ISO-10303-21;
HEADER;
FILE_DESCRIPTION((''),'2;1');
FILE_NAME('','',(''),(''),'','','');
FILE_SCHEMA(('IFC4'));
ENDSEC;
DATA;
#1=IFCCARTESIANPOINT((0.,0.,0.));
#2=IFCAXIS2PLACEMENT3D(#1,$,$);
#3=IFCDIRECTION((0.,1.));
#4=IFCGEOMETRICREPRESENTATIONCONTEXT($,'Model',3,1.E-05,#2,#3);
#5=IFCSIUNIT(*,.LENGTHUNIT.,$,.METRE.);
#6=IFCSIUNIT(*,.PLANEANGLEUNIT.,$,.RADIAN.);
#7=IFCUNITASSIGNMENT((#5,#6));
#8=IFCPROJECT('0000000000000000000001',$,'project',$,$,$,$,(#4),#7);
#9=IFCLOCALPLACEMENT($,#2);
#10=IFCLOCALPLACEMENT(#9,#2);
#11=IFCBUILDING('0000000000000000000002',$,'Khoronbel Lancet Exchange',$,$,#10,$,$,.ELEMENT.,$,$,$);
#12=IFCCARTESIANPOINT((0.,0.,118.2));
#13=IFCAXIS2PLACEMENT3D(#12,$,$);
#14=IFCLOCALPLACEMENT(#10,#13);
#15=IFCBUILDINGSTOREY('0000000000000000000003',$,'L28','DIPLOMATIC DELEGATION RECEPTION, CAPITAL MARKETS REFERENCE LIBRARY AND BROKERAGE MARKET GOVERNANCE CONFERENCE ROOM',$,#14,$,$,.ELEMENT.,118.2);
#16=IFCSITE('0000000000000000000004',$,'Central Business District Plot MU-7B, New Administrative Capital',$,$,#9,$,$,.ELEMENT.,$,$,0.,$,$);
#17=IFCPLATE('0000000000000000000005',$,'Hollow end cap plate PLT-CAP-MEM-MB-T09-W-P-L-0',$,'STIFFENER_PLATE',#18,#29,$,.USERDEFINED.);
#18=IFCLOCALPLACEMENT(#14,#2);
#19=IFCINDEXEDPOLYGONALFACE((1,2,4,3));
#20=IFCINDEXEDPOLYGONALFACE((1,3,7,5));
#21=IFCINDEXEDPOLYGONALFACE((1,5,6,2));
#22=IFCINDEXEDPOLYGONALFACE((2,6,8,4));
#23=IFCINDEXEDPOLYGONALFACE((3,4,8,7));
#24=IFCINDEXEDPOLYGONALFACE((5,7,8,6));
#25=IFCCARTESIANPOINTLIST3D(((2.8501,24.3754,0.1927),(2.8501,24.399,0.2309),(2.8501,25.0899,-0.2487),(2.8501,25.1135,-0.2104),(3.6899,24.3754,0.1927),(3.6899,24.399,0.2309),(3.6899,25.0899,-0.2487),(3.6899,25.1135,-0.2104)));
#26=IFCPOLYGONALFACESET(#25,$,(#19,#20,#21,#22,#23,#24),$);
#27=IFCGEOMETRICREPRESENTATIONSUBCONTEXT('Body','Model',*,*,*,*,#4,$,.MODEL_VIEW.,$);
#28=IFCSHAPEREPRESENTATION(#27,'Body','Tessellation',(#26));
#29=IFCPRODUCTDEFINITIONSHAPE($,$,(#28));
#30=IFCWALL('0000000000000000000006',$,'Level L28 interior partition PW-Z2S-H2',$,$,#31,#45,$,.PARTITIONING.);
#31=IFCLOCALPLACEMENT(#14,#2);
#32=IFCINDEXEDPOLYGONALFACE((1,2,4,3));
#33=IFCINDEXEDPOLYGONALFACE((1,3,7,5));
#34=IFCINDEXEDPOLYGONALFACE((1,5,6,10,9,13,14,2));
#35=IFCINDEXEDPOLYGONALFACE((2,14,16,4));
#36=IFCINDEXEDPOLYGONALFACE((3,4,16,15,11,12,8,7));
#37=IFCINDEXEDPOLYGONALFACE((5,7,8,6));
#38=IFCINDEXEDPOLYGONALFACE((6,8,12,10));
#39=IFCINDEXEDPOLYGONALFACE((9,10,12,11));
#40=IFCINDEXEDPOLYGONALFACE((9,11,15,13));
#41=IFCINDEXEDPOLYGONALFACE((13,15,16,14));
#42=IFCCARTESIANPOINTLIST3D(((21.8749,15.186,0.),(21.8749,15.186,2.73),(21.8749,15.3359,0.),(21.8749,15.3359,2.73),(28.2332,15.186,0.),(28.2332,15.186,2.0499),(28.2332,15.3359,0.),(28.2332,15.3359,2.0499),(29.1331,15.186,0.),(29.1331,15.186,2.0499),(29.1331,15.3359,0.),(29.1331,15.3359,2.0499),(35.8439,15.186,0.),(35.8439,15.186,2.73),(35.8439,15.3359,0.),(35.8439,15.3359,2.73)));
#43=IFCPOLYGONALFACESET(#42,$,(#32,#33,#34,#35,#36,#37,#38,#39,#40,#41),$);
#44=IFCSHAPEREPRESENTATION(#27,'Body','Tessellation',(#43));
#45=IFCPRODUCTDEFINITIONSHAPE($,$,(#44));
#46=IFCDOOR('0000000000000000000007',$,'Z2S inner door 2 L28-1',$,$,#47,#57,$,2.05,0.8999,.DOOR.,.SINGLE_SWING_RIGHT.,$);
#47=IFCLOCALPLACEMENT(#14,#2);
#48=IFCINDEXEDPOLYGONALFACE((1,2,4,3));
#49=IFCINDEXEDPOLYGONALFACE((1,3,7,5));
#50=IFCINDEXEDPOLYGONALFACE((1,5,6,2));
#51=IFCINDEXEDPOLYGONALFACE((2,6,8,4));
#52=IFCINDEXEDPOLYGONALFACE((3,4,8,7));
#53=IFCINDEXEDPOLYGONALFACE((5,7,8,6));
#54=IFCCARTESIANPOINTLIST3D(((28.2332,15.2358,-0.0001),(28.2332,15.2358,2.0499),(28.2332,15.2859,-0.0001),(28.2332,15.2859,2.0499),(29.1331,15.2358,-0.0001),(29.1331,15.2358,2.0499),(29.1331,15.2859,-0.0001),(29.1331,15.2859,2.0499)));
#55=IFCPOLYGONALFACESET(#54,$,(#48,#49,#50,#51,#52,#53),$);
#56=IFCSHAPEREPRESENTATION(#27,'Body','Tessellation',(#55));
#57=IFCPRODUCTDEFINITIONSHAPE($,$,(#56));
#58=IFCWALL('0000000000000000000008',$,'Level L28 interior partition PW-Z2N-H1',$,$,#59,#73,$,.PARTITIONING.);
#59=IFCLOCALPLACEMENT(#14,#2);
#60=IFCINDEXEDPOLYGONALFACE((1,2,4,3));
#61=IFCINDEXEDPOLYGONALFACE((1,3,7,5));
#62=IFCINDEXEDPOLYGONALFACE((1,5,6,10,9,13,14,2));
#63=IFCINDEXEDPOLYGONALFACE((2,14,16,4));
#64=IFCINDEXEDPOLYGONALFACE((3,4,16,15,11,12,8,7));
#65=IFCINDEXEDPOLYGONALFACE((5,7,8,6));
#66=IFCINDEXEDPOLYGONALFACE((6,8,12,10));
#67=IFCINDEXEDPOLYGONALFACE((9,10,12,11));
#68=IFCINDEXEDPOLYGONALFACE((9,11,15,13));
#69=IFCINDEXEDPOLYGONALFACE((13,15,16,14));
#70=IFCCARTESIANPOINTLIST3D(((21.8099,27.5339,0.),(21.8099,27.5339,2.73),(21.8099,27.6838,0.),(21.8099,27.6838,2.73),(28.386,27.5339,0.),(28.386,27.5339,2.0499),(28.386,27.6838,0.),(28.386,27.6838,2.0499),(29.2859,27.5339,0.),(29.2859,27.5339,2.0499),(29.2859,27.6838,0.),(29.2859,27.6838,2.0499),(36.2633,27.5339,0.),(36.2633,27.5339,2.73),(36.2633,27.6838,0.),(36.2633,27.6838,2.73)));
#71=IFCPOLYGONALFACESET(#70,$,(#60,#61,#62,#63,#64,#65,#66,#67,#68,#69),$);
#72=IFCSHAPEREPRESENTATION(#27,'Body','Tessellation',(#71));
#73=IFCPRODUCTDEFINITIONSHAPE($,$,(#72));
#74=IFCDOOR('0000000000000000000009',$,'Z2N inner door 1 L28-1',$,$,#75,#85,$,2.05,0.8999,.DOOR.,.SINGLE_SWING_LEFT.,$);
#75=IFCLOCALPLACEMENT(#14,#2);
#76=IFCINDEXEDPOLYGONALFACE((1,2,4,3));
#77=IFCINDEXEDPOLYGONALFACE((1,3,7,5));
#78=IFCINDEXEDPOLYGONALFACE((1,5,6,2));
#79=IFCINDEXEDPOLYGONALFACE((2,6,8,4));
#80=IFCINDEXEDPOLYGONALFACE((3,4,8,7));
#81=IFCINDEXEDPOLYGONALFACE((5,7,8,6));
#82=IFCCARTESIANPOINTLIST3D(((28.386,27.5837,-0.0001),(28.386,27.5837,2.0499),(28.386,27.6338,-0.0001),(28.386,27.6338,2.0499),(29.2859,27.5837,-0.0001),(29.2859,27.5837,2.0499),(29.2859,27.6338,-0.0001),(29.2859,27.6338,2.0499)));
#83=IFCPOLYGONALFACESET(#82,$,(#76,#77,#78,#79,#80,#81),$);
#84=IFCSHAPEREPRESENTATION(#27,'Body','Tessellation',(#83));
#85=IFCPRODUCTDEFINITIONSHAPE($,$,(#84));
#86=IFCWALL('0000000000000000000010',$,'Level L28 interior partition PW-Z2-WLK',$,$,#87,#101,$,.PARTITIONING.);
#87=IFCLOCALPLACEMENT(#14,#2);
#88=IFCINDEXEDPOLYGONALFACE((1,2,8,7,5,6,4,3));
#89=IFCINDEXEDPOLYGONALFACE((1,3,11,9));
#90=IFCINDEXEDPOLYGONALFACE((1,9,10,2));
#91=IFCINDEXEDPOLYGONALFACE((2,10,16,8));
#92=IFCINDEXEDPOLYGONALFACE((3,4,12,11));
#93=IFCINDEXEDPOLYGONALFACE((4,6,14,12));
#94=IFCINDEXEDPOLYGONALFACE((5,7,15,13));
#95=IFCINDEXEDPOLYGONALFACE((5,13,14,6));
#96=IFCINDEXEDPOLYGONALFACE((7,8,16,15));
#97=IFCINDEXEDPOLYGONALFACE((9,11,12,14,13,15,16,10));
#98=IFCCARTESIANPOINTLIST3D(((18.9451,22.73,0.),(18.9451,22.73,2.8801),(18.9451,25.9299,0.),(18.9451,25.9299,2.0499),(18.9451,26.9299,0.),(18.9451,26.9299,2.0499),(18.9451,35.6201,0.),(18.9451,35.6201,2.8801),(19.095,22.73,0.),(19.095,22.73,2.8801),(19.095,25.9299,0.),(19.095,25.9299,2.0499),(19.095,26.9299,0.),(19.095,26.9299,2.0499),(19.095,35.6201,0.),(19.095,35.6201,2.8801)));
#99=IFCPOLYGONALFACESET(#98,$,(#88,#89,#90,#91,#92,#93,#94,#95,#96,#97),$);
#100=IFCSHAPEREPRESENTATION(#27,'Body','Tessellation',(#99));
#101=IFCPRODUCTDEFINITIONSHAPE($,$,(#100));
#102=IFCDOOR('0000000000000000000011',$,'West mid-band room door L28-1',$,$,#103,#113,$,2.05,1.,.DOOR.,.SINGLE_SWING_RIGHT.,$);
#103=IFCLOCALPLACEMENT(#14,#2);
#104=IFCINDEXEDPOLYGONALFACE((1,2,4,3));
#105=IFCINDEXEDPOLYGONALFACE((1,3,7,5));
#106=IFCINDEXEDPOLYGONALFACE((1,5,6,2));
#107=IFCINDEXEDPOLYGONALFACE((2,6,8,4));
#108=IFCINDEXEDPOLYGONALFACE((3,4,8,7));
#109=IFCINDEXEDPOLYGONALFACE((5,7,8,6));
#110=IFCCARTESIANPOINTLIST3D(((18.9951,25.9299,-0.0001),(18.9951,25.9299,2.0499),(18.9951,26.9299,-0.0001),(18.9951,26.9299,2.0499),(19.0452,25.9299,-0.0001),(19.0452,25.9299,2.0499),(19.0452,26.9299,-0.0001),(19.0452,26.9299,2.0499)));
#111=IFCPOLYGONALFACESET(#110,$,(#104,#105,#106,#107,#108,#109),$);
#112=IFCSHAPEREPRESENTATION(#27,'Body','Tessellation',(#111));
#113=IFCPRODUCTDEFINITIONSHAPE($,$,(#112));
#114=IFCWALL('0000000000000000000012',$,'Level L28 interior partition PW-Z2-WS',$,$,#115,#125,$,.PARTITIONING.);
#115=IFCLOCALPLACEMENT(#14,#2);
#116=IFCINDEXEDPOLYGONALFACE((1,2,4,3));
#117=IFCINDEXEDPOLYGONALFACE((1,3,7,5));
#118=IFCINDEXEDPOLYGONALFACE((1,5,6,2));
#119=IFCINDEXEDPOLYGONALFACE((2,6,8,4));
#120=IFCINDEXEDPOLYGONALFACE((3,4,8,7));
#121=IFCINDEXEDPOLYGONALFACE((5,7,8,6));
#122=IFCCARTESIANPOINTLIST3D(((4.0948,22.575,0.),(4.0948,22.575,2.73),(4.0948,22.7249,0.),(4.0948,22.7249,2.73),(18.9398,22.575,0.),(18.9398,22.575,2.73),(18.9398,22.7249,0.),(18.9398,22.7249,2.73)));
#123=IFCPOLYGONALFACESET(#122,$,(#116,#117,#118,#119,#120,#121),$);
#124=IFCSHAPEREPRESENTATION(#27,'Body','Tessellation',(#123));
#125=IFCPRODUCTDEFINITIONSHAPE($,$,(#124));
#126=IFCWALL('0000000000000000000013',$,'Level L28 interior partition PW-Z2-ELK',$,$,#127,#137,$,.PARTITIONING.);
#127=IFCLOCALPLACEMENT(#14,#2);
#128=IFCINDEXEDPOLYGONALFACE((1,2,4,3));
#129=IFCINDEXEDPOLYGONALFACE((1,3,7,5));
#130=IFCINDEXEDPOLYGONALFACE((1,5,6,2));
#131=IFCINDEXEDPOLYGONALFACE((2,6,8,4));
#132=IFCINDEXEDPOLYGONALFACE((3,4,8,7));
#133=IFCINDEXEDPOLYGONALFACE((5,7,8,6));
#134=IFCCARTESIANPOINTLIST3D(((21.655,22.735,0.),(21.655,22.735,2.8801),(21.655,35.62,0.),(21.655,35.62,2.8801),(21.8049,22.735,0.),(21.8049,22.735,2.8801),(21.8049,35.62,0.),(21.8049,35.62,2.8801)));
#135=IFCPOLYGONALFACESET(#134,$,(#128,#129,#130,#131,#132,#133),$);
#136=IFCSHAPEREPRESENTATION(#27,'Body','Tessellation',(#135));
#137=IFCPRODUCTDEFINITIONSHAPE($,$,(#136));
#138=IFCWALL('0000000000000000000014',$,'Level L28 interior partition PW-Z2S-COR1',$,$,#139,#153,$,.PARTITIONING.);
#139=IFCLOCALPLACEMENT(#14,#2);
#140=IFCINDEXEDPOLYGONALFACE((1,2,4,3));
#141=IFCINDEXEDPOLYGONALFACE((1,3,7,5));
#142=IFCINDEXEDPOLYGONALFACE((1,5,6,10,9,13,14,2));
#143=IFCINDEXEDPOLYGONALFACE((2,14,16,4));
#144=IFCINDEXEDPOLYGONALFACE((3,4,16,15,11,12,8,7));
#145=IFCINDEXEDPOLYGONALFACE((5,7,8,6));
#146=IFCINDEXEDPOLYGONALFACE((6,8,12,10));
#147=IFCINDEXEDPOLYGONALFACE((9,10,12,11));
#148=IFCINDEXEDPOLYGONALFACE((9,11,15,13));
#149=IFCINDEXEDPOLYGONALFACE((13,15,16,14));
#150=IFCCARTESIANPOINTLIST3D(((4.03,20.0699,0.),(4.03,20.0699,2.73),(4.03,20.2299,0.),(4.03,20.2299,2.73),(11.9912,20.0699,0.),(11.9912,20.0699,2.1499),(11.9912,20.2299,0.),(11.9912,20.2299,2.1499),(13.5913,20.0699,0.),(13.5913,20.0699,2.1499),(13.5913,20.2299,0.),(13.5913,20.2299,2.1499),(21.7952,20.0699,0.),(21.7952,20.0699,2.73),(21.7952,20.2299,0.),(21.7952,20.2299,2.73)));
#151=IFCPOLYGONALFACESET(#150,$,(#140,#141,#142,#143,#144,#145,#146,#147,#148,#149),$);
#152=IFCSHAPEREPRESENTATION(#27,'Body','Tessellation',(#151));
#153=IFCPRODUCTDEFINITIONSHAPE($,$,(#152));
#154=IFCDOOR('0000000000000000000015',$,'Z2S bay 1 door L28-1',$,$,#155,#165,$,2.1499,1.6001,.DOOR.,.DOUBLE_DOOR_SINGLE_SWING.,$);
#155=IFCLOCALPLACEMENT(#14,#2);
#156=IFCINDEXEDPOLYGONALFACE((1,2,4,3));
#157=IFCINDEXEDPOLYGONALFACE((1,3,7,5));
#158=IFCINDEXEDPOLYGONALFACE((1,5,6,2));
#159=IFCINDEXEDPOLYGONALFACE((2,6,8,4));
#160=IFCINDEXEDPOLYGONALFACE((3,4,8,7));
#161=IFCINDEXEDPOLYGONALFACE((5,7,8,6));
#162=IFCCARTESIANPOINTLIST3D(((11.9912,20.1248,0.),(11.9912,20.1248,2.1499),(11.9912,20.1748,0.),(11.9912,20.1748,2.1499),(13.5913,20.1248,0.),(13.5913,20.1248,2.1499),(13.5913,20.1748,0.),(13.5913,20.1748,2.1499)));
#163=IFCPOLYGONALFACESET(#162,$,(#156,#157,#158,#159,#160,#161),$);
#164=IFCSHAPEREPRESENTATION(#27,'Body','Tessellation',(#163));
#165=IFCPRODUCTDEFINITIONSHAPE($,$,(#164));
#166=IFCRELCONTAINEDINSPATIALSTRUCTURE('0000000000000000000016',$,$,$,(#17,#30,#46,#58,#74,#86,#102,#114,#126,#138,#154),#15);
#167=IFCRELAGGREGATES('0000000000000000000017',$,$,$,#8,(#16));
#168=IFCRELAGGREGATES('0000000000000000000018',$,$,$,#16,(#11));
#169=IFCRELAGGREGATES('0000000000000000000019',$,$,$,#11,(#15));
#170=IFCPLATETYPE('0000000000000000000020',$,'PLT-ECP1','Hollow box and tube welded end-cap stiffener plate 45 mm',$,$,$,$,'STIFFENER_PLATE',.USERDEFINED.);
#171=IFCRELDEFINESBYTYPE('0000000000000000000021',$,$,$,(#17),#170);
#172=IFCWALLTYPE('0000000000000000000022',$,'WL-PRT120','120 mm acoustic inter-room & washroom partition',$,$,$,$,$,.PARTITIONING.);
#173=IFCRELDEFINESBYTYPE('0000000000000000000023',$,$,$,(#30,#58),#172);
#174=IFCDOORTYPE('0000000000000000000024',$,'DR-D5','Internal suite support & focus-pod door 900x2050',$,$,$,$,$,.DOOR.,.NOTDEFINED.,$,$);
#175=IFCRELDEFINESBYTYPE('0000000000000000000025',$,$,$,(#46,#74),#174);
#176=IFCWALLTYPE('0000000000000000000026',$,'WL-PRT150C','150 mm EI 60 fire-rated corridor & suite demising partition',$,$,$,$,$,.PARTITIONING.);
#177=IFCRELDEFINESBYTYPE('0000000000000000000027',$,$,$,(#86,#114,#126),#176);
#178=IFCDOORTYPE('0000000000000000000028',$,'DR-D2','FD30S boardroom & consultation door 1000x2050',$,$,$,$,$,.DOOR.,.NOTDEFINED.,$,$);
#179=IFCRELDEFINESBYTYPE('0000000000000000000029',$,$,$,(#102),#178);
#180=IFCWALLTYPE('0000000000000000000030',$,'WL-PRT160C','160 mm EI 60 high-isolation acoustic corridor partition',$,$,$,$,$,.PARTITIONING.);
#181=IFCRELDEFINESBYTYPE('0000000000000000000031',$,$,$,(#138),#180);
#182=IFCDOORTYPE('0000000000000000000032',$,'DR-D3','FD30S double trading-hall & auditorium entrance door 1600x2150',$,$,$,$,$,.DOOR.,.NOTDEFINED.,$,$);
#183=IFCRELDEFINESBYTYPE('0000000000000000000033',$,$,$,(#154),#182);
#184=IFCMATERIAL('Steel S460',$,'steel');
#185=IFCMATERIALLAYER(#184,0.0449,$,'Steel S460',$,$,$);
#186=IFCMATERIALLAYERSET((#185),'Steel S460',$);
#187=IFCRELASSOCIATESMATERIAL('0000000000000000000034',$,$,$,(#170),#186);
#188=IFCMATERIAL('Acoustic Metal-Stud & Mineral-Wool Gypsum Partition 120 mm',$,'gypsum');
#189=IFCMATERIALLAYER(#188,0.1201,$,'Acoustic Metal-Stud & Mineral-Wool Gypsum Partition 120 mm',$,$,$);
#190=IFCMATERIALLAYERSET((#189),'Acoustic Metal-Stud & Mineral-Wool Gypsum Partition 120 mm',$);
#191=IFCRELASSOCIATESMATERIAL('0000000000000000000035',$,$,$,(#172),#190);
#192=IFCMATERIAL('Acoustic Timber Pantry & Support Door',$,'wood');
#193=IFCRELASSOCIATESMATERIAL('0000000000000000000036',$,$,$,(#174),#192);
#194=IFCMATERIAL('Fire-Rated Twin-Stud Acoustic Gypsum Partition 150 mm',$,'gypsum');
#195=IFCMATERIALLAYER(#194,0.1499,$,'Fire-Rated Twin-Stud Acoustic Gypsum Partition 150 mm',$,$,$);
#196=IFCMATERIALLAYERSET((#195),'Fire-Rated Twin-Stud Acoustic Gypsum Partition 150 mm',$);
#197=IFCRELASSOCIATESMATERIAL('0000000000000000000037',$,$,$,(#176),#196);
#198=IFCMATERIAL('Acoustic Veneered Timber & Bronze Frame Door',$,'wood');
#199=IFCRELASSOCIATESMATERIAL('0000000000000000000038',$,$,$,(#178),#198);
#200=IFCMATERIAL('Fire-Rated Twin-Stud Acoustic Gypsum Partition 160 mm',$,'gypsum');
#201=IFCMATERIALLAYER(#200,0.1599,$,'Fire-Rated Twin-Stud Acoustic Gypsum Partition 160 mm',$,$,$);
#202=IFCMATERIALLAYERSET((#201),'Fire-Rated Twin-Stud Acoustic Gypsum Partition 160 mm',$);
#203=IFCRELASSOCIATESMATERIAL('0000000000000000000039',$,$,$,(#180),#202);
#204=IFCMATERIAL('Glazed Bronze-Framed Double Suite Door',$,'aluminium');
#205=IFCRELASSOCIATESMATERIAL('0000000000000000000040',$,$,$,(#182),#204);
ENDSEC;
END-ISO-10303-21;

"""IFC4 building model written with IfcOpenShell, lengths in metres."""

from ifc_helpers import new_model, si_unit, direction, frame, frame_2d, origin, place, context, subcontext, project, spatial, polyline, rectangle, outline, extrude, material, layer, layer_set, type_object, element, fill, save


model = new_model("IFC4")

# Units and contexts
model_context = context("Model", 3, precision=1e-05, world=origin(), true_north=direction((0.0, 1.0)))
body_context = subcontext(model_context, "Body", "Model", "MODEL_VIEW")
ifc_project = project(units=[si_unit("LENGTHUNIT", "METRE"), si_unit("PLANEANGLEUNIT", "RADIAN")], contexts=[model_context])

# Site, building, storey
site_placement = place(None, origin())
site = spatial("IfcSite", under=ifc_project, at=site_placement, Name="Central Business District Plot MU-7B, New Administrative Capital", CompositionType="ELEMENT", RefElevation=0.0)
building_placement = place(site_placement, origin())
building = spatial("IfcBuilding", under=site, at=building_placement, Name="Khoronbel Lancet Exchange", CompositionType="ELEMENT")
storey_placement = place(building_placement, frame((0.0, 0.0, 118.2)))
storey = spatial("IfcBuildingStorey", under=building, at=storey_placement, Name="L28", Description="DIPLOMATIC DELEGATION RECEPTION, CAPITAL MARKETS REFERENCE LIBRARY AND BROKERAGE MARKET GOVERNANCE CONFERENCE ROOM", CompositionType="ELEMENT", Elevation=118.2)

# Shared definitions
ifc_material_1 = material(Name="Steel S460", Category="steel")

# Plate
ifc_layer_1 = layer(ifc_material_1, 0.0449, Name="Steel S460")
ifc_layer_set_1 = layer_set([ifc_layer_1], Name="Steel S460")
plate_type = type_object("IfcPlateType", Name="PLT-ECP1", Description="Hollow box and tube welded end-cap stiffener plate 45 mm", ElementType="STIFFENER_PLATE", PredefinedType="USERDEFINED", material=ifc_layer_set_1)
for number, where, z_axis, x_axis, name in (
    (1, (3.6899, 25.1135, -0.2104), (0.0, 0.525524, 0.850779), (-1.0, 0.0, 0.0), "Hollow end cap plate PLT-CAP-MEM-MB-T09-W-P-L-0"),
):
    element("IfcPlate", number, at=place(storey_placement, frame(where, z_axis=z_axis, x_axis=x_axis)), inside=storey, type_object=plate_type, Name=name, ObjectType="STIFFENER_PLATE", PredefinedType="USERDEFINED", context=body_context, shape_type="SweptSolid", body=[
        extrude(outline(polyline([(0.0, 0.0), (0.8398, 0.0), (0.8398, 0.8398), (0.0, 0.8398), (0.0, 0.0)])), origin(), (0.0, 0.0, -1.0), 0.0449),
    ])

# Walls, openings, doors
ifc_material_2 = material(Name="Acoustic Metal-Stud & Mineral-Wool Gypsum Partition 120 mm", Category="gypsum")
ifc_layer_2 = layer(ifc_material_2, 0.1201, Name="Acoustic Metal-Stud & Mineral-Wool Gypsum Partition 120 mm")
ifc_layer_set_2 = layer_set([ifc_layer_2], Name="Acoustic Metal-Stud & Mineral-Wool Gypsum Partition 120 mm")
wall_type_1 = type_object("IfcWallType", Name="WL-PRT120", Description="120 mm acoustic inter-room & washroom partition", PredefinedType="PARTITIONING", material=ifc_layer_set_2)
wall_1_placement = place(storey_placement, frame((21.875, 15.261, 0.0), z_axis=(0.0, 0.0, 1.0), x_axis=(1.0, 0.0, 0.0)))
wall_1 = element("IfcWall", 2, at=wall_1_placement, inside=storey, type_object=wall_type_1, Name="Level L28 interior partition PW-Z2S-H2", PredefinedType="PARTITIONING", context=body_context, shape_type="SweptSolid", body=[
    extrude(rectangle(XDim=13.969, YDim=0.1499, at=frame_2d((6.9844, 0.0))), origin(), (0.0, 0.0, 1.0), 2.73),
])
opening_1_placement = place(wall_1_placement, frame((6.3582, 0.0, 0.0)))
opening_1 = element("IfcOpeningElement", 3, at=opening_1_placement, cuts=wall_1, PredefinedType="OPENING", context=body_context, shape_type="SweptSolid", body=[
    extrude(rectangle(XDim=0.8999, YDim=2.05, at=frame_2d((0.45, 1.0249))), frame((0.0, 0.085, 0.0), z_axis=(0.0, -1.0, 0.0), x_axis=(1.0, 0.0, 0.0)), (0.0, 0.0, 1.0), 0.1699),
])
ifc_material_3 = material(Name="Acoustic Timber Pantry & Support Door", Category="wood")
door_type_1 = type_object("IfcDoorType", Name="DR-D5", Description="Internal suite support & focus-pod door 900x2050", OperationType="NOTDEFINED", PredefinedType="DOOR", material=ifc_material_3)
door_1_placement = place(opening_1_placement, origin())
door_1 = element("IfcDoor", 4, at=door_1_placement, inside=storey, type_object=door_type_1, Name="Z2S inner door 2 L28-1", OperationType="SINGLE_SWING_RIGHT", OverallHeight=2.05, OverallWidth=0.8999, PredefinedType="DOOR", context=body_context, shape_type="SweptSolid", body=[
    extrude(rectangle(XDim=0.8999, YDim=2.05, at=frame_2d((0.45, 1.0249))), frame((0.0, 0.0249, 0.0), z_axis=(0.0, -1.0, 0.0), x_axis=(1.0, 0.0, 0.0)), (0.0, 0.0, 1.0), 0.05),
])
fill(opening_1, door_1)
wall_2_placement = place(storey_placement, frame((21.8101, 27.6089, 0.0), z_axis=(0.0, 0.0, 1.0), x_axis=(1.0, 0.0, 0.0)))
wall_2 = element("IfcWall", 5, at=wall_2_placement, inside=storey, type_object=wall_type_1, Name="Level L28 interior partition PW-Z2N-H1", PredefinedType="PARTITIONING", context=body_context, shape_type="SweptSolid", body=[
    extrude(rectangle(XDim=14.4534, YDim=0.1499, at=frame_2d((7.2266, 0.0))), origin(), (0.0, 0.0, 1.0), 2.73),
])
opening_2_placement = place(wall_2_placement, frame((6.5759, 0.0, 0.0)))
opening_2 = element("IfcOpeningElement", 6, at=opening_2_placement, cuts=wall_2, PredefinedType="OPENING", context=body_context, shape_type="SweptSolid", body=[
    extrude(rectangle(XDim=0.8999, YDim=2.05, at=frame_2d((0.45, 1.0249))), frame((0.0, 0.085, 0.0), z_axis=(0.0, -1.0, 0.0), x_axis=(1.0, 0.0, 0.0)), (0.0, 0.0, 1.0), 0.1699),
])
door_2_placement = place(opening_2_placement, origin())
door_2 = element("IfcDoor", 7, at=door_2_placement, inside=storey, type_object=door_type_1, Name="Z2N inner door 1 L28-1", OperationType="SINGLE_SWING_LEFT", OverallHeight=2.05, OverallWidth=0.8999, PredefinedType="DOOR", context=body_context, shape_type="SweptSolid", body=[
    extrude(rectangle(XDim=0.8999, YDim=2.05, at=frame_2d((0.45, 1.0249))), frame((0.0, 0.0249, 0.0), z_axis=(0.0, -1.0, 0.0), x_axis=(1.0, 0.0, 0.0)), (0.0, 0.0, 1.0), 0.05),
])
fill(opening_2, door_2)
ifc_material_4 = material(Name="Fire-Rated Twin-Stud Acoustic Gypsum Partition 150 mm", Category="gypsum")
ifc_layer_3 = layer(ifc_material_4, 0.1499, Name="Fire-Rated Twin-Stud Acoustic Gypsum Partition 150 mm")
ifc_layer_set_3 = layer_set([ifc_layer_3], Name="Fire-Rated Twin-Stud Acoustic Gypsum Partition 150 mm")
wall_type_2 = type_object("IfcWallType", Name="WL-PRT150C", Description="150 mm EI 60 fire-rated corridor & suite demising partition", PredefinedType="PARTITIONING", material=ifc_layer_set_3)
wall_3_placement = place(storey_placement, frame((19.02, 22.73, 0.0), z_axis=(0.0, 0.0, 1.0), x_axis=(0.0, 1.0, 0.0)))
wall_3 = element("IfcWall", 8, at=wall_3_placement, inside=storey, type_object=wall_type_2, Name="Level L28 interior partition PW-Z2-WLK", PredefinedType="PARTITIONING", context=body_context, shape_type="SweptSolid", body=[
    extrude(rectangle(XDim=12.8901, YDim=0.1499, at=frame_2d((6.4451, 0.0))), origin(), (0.0, 0.0, 1.0), 2.8801),
])
opening_3_placement = place(wall_3_placement, frame((3.2, 0.0, 0.0)))
opening_3 = element("IfcOpeningElement", 9, at=opening_3_placement, cuts=wall_3, PredefinedType="OPENING", context=body_context, shape_type="SweptSolid", body=[
    extrude(rectangle(XDim=1.0, YDim=2.05, at=frame_2d((0.5, 1.0249))), frame((0.0, 0.085, 0.0), z_axis=(0.0, -1.0, 0.0), x_axis=(1.0, 0.0, 0.0)), (0.0, 0.0, 1.0), 0.1699),
])
ifc_material_5 = material(Name="Acoustic Veneered Timber & Bronze Frame Door", Category="wood")
door_type_2 = type_object("IfcDoorType", Name="DR-D2", Description="FD30S boardroom & consultation door 1000x2050", OperationType="NOTDEFINED", PredefinedType="DOOR", material=ifc_material_5)
door_3_placement = place(opening_3_placement, origin())
door_3 = element("IfcDoor", 10, at=door_3_placement, inside=storey, type_object=door_type_2, Name="West mid-band room door L28-1", OperationType="SINGLE_SWING_RIGHT", OverallHeight=2.05, OverallWidth=1.0, PredefinedType="DOOR", context=body_context, shape_type="SweptSolid", body=[
    extrude(rectangle(XDim=1.0, YDim=2.05, at=frame_2d((0.5, 1.0249))), frame((0.0, 0.0249, 0.0), z_axis=(0.0, -1.0, 0.0), x_axis=(1.0, 0.0, 0.0)), (0.0, 0.0, 1.0), 0.05),
])
fill(opening_3, door_3)

# Walls
wall_4_placement = place(storey_placement, frame((4.095, 22.6499, 0.0), z_axis=(0.0, 0.0, 1.0), x_axis=(1.0, 0.0, 0.0)))
element("IfcWall", 11, at=wall_4_placement, inside=storey, type_object=wall_type_2, Name="Level L28 interior partition PW-Z2-WS", PredefinedType="PARTITIONING", context=body_context, shape_type="SweptSolid", body=[
    extrude(rectangle(XDim=14.845, YDim=0.1499, at=frame_2d((7.4224, 0.0))), origin(), (0.0, 0.0, 1.0), 2.73),
])
wall_5_placement = place(storey_placement, frame((21.73, 22.7351, 0.0), z_axis=(0.0, 0.0, 1.0), x_axis=(0.0, 1.0, 0.0)))
element("IfcWall", 12, at=wall_5_placement, inside=storey, type_object=wall_type_2, Name="Level L28 interior partition PW-Z2-ELK", PredefinedType="PARTITIONING", context=body_context, shape_type="SweptSolid", body=[
    extrude(rectangle(XDim=12.885, YDim=0.1499, at=frame_2d((6.4424, 0.0))), origin(), (0.0, 0.0, 1.0), 2.8801),
])

# Wall, opening, door
ifc_material_6 = material(Name="Fire-Rated Twin-Stud Acoustic Gypsum Partition 160 mm", Category="gypsum")
ifc_layer_4 = layer(ifc_material_6, 0.1599, Name="Fire-Rated Twin-Stud Acoustic Gypsum Partition 160 mm")
ifc_layer_set_4 = layer_set([ifc_layer_4], Name="Fire-Rated Twin-Stud Acoustic Gypsum Partition 160 mm")
wall_type_3 = type_object("IfcWallType", Name="WL-PRT160C", Description="160 mm EI 60 high-isolation acoustic corridor partition", PredefinedType="PARTITIONING", material=ifc_layer_set_4)
wall_6_placement = place(storey_placement, frame((4.03, 20.1499, 0.0), z_axis=(0.0, 0.0, 1.0), x_axis=(1.0, 0.0, 0.0)))
wall_6 = element("IfcWall", 13, at=wall_6_placement, inside=storey, type_object=wall_type_3, Name="Level L28 interior partition PW-Z2S-COR1", PredefinedType="PARTITIONING", context=body_context, shape_type="SweptSolid", body=[
    extrude(rectangle(XDim=17.7651, YDim=0.1599, at=frame_2d((8.8826, 0.0))), origin(), (0.0, 0.0, 1.0), 2.73),
])
opening_4_placement = place(wall_6_placement, frame((7.9612, 0.0, 0.0)))
opening_4 = element("IfcOpeningElement", 14, at=opening_4_placement, cuts=wall_6, PredefinedType="OPENING", context=body_context, shape_type="SweptSolid", body=[
    extrude(rectangle(XDim=1.6001, YDim=2.1499, at=frame_2d((0.8, 1.075))), frame((0.0, 0.0898, 0.0), z_axis=(0.0, -1.0, 0.0), x_axis=(1.0, 0.0, 0.0)), (0.0, 0.0, 1.0), 0.1799),
])
ifc_material_7 = material(Name="Glazed Bronze-Framed Double Suite Door", Category="aluminium")
door_type_3 = type_object("IfcDoorType", Name="DR-D3", Description="FD30S double trading-hall & auditorium entrance door 1600x2150", OperationType="NOTDEFINED", PredefinedType="DOOR", material=ifc_material_7)
door_4_placement = place(opening_4_placement, origin())
door_4 = element("IfcDoor", 15, at=door_4_placement, inside=storey, type_object=door_type_3, Name="Z2S bay 1 door L28-1", OperationType="DOUBLE_DOOR_SINGLE_SWING", OverallHeight=2.1499, OverallWidth=1.6001, PredefinedType="DOOR", context=body_context, shape_type="SweptSolid", body=[
    extrude(rectangle(XDim=1.6001, YDim=2.1499, at=frame_2d((0.8, 1.075))), frame((0.0, 0.0249, 0.0), z_axis=(0.0, -1.0, 0.0), x_axis=(1.0, 0.0, 0.0)), (0.0, 0.0, 1.0), 0.05),
])
fill(opening_4, door_4)

save(model, "model.ifc")
